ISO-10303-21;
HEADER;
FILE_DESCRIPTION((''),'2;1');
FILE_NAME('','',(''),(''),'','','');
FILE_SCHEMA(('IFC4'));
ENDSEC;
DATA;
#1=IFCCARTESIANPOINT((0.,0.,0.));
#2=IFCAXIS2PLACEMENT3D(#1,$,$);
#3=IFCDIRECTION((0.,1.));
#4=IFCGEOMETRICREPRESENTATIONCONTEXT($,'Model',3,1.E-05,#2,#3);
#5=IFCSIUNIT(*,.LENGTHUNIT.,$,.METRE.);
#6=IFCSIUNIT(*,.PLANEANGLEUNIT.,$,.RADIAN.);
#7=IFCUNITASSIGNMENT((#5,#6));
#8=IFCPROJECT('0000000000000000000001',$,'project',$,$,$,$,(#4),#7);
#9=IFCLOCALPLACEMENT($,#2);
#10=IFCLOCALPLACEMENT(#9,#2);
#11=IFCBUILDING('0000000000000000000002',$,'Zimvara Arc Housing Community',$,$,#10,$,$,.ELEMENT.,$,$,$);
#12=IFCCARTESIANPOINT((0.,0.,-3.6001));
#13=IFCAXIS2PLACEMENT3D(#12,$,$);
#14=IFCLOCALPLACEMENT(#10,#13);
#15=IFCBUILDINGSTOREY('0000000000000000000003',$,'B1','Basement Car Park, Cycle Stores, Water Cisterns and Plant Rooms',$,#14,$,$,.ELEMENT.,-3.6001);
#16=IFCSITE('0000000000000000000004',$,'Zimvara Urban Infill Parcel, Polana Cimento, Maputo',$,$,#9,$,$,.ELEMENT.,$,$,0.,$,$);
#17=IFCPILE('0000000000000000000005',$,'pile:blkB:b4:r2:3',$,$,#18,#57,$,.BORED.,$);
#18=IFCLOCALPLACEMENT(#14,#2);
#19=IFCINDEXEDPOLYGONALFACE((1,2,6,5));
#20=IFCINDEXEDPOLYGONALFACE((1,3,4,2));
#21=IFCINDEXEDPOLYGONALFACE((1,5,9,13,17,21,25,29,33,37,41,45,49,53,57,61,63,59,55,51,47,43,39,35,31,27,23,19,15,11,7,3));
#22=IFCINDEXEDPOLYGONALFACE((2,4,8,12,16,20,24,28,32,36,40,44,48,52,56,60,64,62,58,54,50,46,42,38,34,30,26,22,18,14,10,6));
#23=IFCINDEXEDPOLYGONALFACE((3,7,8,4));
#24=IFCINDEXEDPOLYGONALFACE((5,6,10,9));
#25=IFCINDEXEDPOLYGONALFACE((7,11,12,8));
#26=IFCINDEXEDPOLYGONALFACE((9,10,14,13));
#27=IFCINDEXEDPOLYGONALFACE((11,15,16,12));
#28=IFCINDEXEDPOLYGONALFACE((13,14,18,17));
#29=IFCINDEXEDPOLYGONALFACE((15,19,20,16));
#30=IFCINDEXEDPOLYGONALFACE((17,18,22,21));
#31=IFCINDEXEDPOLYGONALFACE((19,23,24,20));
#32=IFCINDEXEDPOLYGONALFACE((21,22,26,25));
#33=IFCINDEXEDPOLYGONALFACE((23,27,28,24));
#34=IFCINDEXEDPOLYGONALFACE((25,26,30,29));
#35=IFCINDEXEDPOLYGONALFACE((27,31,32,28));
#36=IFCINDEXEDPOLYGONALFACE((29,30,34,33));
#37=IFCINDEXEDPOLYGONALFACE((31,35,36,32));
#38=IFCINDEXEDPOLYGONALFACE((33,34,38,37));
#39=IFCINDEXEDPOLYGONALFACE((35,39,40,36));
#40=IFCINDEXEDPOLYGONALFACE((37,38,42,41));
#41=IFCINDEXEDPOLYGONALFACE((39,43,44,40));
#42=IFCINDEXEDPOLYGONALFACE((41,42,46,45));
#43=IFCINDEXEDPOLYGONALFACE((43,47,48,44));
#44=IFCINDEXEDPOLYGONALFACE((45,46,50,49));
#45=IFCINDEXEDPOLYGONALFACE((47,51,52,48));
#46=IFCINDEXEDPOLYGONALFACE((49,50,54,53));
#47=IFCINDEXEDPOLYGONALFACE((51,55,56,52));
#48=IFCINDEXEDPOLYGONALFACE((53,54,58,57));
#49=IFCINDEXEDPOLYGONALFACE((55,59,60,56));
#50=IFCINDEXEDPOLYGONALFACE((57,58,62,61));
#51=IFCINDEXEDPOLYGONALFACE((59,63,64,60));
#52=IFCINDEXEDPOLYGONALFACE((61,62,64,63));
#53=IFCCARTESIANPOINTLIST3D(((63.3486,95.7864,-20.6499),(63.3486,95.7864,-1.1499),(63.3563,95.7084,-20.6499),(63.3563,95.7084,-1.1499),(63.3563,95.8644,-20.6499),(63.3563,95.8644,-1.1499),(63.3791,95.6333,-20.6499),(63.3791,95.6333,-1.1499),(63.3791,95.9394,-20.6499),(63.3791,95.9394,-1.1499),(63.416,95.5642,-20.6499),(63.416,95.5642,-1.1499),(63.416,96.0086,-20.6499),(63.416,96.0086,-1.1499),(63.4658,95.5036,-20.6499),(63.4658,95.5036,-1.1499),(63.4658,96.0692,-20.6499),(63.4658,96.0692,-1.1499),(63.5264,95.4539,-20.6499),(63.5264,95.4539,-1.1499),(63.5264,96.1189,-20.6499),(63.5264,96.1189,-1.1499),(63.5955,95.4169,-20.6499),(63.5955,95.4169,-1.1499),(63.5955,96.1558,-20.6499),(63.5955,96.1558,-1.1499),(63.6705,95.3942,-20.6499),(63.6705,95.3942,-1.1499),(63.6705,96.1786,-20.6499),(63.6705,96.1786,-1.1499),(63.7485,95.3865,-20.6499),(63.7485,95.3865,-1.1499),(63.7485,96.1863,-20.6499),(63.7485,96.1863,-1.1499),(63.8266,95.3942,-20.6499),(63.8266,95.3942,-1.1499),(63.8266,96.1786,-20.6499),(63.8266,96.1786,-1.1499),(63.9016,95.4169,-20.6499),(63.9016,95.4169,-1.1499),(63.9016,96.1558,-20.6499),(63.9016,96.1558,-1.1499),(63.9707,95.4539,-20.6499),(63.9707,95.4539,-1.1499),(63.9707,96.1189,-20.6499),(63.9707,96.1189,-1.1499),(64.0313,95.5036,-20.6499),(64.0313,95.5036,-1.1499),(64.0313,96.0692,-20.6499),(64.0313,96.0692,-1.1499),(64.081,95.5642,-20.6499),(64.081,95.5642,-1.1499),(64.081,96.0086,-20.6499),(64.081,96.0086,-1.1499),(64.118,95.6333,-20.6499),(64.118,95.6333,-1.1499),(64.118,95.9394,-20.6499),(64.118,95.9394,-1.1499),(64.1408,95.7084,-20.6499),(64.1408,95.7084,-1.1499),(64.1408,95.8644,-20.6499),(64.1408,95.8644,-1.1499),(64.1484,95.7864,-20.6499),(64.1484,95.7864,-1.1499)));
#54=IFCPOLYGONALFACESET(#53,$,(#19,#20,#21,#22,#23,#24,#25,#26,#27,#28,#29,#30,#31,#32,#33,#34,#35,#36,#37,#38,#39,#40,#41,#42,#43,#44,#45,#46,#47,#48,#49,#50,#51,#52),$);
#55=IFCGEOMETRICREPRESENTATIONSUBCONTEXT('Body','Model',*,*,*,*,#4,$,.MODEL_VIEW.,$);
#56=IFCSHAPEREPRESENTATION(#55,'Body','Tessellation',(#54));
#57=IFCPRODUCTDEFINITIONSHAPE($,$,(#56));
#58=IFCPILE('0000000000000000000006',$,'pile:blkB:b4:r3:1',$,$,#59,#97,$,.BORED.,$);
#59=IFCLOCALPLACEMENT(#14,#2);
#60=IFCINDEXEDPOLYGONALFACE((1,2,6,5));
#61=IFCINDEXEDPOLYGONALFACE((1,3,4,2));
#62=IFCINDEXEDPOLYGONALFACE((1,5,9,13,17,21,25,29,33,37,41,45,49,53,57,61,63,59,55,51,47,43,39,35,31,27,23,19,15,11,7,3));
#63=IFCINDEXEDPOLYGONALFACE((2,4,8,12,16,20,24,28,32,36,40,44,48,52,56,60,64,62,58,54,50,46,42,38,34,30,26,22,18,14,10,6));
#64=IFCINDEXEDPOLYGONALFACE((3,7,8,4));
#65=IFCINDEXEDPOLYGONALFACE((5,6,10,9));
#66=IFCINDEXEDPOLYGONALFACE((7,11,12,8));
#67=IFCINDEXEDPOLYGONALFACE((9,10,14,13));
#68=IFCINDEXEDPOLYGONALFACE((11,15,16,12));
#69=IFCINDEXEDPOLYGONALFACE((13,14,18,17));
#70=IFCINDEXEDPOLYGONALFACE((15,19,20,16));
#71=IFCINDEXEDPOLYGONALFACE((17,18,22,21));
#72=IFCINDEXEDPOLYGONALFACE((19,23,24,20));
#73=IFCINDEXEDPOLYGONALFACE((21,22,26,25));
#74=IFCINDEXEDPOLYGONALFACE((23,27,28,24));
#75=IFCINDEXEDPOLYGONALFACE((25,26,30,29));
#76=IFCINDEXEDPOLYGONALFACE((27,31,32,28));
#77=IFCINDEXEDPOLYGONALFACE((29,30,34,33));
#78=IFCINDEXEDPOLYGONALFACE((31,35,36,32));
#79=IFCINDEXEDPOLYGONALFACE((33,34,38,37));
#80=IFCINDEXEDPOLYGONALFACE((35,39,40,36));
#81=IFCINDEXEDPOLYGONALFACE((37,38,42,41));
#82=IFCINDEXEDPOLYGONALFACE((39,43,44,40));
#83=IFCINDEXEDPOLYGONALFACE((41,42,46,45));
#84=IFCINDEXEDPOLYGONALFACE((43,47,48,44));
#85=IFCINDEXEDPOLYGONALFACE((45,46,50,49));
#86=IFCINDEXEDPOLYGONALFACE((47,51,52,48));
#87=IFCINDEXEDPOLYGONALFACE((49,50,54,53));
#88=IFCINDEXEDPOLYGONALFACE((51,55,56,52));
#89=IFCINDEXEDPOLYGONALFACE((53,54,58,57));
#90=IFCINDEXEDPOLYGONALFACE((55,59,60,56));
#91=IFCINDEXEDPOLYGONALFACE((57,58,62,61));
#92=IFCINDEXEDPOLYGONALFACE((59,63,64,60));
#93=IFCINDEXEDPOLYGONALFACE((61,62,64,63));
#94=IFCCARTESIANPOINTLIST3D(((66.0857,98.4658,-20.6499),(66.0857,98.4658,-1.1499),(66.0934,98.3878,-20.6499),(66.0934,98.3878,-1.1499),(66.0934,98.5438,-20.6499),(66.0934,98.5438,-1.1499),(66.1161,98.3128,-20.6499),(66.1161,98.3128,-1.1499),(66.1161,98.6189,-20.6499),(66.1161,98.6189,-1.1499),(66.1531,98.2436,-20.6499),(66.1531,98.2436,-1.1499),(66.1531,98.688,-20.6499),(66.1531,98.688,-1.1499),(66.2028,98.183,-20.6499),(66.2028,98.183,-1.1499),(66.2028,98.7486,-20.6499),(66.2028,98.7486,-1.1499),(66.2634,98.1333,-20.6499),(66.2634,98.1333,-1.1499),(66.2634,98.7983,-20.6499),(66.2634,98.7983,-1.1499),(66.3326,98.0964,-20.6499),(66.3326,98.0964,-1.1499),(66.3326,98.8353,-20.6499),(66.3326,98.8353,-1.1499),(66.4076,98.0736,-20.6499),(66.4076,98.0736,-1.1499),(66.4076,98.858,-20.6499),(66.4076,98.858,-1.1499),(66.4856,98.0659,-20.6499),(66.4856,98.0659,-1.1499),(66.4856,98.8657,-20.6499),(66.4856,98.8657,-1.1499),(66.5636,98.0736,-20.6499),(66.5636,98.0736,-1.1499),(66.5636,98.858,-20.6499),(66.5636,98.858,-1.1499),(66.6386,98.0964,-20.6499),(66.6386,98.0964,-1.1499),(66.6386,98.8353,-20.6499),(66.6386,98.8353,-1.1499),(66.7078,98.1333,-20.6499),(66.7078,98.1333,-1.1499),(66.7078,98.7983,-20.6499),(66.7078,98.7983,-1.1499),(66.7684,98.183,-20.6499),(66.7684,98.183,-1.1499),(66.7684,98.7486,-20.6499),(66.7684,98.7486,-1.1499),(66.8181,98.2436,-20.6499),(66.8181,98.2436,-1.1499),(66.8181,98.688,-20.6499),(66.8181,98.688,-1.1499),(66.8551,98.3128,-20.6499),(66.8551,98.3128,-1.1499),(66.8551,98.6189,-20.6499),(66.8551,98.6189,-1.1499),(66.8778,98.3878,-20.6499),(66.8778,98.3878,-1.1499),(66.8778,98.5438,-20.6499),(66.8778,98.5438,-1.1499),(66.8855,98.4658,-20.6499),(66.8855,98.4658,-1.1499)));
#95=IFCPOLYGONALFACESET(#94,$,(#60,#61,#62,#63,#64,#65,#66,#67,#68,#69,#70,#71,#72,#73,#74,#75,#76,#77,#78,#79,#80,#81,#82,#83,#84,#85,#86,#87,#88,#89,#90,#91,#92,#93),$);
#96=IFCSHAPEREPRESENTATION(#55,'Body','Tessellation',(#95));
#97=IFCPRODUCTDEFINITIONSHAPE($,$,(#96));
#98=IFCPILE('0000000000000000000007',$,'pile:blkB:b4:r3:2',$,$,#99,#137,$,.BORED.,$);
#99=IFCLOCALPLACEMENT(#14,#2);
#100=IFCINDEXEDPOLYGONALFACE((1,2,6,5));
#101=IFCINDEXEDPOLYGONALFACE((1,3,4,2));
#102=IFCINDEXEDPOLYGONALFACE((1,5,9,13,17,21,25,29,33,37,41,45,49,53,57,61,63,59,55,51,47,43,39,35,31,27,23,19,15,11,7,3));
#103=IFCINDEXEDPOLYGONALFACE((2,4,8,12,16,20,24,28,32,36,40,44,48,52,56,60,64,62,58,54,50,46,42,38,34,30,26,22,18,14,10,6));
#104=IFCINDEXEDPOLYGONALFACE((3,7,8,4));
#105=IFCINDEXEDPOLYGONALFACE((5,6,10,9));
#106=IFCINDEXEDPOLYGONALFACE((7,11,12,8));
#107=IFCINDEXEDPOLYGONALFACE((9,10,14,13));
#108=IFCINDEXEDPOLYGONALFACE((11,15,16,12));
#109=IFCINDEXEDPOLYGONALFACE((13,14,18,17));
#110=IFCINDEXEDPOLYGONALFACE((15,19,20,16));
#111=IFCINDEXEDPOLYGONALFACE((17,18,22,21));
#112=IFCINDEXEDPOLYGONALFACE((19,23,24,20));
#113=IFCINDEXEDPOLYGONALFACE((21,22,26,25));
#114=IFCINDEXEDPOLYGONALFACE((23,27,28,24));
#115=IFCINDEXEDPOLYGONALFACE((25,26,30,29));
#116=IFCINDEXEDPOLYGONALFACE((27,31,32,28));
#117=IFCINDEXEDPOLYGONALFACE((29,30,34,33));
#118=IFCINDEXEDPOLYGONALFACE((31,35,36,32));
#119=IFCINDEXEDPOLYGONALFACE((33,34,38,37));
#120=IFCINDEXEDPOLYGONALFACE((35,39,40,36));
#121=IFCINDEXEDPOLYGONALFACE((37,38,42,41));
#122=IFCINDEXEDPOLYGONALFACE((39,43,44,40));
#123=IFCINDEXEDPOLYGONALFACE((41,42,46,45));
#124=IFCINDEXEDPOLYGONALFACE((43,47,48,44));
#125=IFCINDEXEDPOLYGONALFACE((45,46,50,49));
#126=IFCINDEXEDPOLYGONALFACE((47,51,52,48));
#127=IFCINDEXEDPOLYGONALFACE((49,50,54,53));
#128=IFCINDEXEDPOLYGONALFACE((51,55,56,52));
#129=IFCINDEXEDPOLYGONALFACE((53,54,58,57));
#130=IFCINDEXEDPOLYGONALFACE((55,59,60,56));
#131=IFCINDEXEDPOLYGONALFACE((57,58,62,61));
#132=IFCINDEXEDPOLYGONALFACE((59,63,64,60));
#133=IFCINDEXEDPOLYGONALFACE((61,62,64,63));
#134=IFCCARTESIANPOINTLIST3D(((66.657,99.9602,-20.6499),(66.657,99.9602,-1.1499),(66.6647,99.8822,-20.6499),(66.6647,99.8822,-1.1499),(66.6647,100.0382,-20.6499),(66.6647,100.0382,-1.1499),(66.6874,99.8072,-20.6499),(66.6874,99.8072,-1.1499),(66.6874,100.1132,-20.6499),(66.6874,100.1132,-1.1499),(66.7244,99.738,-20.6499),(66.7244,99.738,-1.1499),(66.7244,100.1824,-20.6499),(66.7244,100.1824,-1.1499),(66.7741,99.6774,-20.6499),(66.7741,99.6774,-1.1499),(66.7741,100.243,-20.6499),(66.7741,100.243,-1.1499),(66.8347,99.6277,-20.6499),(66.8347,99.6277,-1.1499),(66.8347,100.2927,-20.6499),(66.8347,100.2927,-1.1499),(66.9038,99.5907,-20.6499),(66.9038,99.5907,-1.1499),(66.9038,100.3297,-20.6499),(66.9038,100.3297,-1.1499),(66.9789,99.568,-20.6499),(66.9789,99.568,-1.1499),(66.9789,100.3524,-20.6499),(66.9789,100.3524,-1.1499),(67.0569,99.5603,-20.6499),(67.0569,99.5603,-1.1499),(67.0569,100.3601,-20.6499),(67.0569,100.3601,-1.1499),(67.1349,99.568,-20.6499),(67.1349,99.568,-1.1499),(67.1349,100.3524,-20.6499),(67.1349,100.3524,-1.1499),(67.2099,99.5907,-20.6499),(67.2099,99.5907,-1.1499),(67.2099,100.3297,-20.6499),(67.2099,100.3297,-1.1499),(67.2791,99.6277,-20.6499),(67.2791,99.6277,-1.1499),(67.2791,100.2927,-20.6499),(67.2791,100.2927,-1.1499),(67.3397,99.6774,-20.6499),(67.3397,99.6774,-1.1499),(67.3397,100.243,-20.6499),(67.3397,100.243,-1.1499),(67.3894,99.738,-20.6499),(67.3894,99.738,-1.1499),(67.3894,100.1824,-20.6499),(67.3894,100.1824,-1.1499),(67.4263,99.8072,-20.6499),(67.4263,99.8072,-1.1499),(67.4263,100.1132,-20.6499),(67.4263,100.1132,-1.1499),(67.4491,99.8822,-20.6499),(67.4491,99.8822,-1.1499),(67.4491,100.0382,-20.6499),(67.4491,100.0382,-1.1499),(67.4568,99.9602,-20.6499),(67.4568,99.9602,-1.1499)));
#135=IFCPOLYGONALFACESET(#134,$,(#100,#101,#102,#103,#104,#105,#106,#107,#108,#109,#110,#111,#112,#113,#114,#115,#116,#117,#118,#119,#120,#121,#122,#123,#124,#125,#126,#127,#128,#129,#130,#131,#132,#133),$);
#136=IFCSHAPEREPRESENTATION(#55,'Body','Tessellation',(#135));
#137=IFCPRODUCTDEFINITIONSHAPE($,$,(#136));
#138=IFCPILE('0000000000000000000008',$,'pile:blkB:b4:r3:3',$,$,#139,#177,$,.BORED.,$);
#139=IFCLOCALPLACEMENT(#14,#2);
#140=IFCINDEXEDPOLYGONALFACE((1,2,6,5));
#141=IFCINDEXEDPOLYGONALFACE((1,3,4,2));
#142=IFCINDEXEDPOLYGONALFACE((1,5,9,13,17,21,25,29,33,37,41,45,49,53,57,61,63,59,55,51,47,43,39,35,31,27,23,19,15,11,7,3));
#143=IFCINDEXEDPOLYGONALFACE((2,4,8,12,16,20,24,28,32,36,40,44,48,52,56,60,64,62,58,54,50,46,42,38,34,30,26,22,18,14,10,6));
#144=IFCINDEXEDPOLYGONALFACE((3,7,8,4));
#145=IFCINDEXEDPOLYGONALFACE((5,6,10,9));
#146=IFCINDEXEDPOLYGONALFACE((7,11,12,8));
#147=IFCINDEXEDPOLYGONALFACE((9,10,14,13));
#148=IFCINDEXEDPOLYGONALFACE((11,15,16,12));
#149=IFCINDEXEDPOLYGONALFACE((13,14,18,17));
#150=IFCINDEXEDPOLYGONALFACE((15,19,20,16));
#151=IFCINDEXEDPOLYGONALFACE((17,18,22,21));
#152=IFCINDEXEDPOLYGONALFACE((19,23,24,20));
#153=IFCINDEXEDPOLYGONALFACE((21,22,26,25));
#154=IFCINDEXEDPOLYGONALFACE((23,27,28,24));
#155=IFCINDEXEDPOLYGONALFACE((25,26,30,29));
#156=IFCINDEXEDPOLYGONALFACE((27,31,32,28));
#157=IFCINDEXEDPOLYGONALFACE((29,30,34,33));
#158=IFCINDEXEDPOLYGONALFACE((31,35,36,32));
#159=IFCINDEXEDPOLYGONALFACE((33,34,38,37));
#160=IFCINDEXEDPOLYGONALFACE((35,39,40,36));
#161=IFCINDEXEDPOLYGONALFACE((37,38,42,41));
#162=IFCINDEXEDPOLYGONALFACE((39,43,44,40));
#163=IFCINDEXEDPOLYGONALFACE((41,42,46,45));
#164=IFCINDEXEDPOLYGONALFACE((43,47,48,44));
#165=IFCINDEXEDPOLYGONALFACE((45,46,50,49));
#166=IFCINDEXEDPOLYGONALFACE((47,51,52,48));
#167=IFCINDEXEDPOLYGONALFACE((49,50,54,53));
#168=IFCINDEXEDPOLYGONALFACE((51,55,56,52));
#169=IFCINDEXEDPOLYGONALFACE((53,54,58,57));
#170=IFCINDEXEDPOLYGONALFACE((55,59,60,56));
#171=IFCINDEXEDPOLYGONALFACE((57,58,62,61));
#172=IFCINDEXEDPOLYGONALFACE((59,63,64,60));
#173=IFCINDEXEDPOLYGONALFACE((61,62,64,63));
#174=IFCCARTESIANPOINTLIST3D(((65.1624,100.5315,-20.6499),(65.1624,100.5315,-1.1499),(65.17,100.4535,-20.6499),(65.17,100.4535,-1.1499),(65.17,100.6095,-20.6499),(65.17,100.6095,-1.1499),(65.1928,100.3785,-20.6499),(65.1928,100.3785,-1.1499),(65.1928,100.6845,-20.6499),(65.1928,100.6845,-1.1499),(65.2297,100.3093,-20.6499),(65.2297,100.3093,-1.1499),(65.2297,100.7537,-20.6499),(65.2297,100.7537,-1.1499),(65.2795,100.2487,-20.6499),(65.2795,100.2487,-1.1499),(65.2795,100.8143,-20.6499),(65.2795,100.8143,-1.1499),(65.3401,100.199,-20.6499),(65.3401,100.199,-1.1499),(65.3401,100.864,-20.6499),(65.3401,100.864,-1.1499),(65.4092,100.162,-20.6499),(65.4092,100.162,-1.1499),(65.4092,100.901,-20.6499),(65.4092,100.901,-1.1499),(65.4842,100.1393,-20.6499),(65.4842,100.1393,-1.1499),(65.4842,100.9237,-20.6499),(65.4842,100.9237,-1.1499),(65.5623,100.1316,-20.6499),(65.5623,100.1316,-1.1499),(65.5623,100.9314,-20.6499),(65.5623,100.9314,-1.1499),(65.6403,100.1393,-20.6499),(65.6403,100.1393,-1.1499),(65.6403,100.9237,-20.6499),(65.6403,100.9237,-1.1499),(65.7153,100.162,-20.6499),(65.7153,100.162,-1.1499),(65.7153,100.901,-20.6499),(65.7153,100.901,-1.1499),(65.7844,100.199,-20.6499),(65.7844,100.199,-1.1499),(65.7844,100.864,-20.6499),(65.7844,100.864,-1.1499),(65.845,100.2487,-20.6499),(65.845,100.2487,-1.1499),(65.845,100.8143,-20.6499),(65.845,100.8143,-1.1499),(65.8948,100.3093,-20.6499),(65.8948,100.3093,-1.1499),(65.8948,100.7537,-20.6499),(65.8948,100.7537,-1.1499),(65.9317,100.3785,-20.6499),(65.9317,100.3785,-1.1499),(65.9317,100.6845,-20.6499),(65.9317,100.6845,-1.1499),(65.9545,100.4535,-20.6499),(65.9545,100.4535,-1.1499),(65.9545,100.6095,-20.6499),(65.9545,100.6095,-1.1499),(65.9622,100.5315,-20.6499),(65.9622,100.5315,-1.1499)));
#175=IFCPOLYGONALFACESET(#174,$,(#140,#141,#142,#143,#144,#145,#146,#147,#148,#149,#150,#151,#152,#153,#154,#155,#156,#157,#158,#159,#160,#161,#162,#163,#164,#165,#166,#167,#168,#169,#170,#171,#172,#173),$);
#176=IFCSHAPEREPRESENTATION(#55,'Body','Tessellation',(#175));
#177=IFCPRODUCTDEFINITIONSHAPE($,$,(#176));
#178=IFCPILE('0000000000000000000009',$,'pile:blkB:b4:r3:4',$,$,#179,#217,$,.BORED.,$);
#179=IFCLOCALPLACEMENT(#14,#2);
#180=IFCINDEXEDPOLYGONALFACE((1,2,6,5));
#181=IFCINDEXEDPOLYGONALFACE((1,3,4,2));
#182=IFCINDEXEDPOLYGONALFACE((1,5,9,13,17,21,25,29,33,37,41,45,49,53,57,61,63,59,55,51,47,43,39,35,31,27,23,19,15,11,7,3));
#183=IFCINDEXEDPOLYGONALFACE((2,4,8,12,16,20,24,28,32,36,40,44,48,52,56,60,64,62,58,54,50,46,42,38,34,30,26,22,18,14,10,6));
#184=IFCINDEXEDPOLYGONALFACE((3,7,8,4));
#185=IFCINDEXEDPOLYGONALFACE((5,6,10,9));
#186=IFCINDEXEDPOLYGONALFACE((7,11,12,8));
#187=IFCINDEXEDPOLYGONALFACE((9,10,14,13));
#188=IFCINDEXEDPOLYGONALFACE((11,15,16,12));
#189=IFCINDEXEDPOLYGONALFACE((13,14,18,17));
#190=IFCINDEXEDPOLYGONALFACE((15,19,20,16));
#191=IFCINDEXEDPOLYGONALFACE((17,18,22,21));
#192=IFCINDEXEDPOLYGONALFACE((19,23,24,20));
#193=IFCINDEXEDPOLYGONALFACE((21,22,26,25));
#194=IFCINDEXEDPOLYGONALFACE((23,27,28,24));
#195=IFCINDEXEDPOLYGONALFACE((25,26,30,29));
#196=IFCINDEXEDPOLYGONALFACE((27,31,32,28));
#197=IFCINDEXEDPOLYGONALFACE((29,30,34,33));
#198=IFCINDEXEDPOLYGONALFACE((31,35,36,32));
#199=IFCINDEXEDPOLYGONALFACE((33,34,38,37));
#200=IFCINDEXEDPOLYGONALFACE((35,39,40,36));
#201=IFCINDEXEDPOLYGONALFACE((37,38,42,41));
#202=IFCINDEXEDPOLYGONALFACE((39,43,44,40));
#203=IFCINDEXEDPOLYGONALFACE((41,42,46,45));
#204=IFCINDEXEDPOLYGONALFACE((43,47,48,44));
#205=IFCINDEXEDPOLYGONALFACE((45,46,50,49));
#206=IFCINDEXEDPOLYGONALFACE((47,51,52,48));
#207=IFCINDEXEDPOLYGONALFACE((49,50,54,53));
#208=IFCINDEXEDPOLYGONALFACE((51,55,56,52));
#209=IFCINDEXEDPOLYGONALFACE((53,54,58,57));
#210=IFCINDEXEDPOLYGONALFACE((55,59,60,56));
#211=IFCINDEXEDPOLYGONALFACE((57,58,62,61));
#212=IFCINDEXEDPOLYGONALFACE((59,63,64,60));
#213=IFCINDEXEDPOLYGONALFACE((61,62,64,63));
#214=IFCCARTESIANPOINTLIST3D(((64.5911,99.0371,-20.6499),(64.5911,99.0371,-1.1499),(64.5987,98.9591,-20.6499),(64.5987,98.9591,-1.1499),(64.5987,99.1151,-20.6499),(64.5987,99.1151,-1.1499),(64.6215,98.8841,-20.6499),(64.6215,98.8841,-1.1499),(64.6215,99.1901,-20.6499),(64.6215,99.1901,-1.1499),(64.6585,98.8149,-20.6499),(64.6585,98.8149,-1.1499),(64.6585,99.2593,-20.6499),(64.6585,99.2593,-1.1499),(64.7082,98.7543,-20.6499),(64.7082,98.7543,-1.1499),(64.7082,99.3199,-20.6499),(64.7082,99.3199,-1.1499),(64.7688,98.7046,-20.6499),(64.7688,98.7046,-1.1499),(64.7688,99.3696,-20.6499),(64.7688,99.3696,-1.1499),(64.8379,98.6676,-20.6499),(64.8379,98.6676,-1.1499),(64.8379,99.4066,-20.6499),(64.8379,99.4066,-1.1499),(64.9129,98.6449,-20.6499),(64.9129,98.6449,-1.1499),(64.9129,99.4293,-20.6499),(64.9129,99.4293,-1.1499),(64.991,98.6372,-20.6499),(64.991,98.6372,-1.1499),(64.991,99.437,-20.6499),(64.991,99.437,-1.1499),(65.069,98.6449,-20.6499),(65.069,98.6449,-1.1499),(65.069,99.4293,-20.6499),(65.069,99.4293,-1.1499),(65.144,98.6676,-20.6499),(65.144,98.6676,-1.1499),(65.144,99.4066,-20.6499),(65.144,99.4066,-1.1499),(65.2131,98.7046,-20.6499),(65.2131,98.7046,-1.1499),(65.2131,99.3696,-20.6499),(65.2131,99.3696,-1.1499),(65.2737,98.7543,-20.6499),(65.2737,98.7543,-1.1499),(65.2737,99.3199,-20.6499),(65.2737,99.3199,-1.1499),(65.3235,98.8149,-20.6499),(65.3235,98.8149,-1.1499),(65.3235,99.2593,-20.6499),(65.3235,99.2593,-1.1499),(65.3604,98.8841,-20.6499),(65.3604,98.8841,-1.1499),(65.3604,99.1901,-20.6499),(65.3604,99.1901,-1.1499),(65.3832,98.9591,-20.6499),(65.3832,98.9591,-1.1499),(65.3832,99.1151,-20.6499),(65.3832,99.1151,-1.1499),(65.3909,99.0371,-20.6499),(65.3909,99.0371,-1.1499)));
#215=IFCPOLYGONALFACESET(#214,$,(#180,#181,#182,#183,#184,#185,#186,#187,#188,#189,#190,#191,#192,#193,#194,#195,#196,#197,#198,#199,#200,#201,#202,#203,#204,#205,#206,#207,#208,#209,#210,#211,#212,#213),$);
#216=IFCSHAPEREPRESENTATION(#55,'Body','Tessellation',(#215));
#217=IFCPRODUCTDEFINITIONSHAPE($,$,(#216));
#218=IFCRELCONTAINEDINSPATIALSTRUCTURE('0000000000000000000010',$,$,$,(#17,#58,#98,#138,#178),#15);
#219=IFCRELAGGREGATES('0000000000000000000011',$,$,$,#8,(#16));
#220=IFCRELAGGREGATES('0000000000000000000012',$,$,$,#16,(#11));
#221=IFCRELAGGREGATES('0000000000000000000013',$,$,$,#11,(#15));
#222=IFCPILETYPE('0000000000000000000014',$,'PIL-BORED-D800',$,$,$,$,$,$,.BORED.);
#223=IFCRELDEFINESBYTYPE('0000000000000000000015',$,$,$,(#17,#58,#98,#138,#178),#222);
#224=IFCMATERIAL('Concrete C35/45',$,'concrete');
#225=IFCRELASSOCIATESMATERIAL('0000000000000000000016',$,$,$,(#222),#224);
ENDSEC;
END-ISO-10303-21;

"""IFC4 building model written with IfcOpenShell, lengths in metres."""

from ifc_helpers import new_model, si_unit, direction, frame, origin, origin_2d, place, context, subcontext, project, spatial, circle, extrude, material, material_profile, profile_set, type_object, element, save


model = new_model("IFC4")

# Units and contexts
model_context = context("Model", 3, precision=1e-05, world=origin(), true_north=direction((0.0, 1.0)))
body_context = subcontext(model_context, "Body", "Model", "MODEL_VIEW")
ifc_project = project(units=[si_unit("LENGTHUNIT", "METRE"), si_unit("PLANEANGLEUNIT", "RADIAN")], contexts=[model_context])

# Site, building, storey
site_placement = place(None, origin())
site = spatial("IfcSite", under=ifc_project, at=site_placement, Name="Zimvara Urban Infill Parcel, Polana Cimento, Maputo", CompositionType="ELEMENT", RefElevation=0.0)
building_placement = place(site_placement, origin())
building = spatial("IfcBuilding", under=site, at=building_placement, Name="Zimvara Arc Housing Community", CompositionType="ELEMENT")
storey_placement = place(building_placement, frame((0.0, 0.0, -3.6001)))
storey = spatial("IfcBuildingStorey", under=building, at=storey_placement, Name="B1", Description="Basement Car Park, Cycle Stores, Water Cisterns and Plant Rooms", CompositionType="ELEMENT", Elevation=-3.6001)

# Piles
ifc_material_1 = material(Name="Concrete C35/45", Category="concrete")
ifc_material_profile_1 = material_profile(ifc_material_1, circle(Radius=0.3999, at=origin_2d()), Name="PILE D800")
ifc_profile_set_1 = profile_set([ifc_material_profile_1], Name="Concrete C35/45")
pile_type = type_object("IfcPileType", Name="PIL-BORED-D800", PredefinedType="BORED", material=ifc_profile_set_1)
for number, where, z_axis, x_axis, name in (
    (1, (63.7485, 95.7864, -1.1499), (0.0, 0.0, -1.0), (1.0, 0.0, 0.0), "pile:blkB:b4:r2:3"),
    (2, (66.4856, 98.4658, -1.1499), (0.0, 0.0, -1.0), (1.0, 0.0, 0.0), "pile:blkB:b4:r3:1"),
    (3, (67.0569, 99.9602, -1.1499), (0.0, 0.0, -1.0), (1.0, 0.0, 0.0), "pile:blkB:b4:r3:2"),
    (4, (65.5623, 100.5315, -1.1499), (0.0, 0.0, -1.0), (1.0, 0.0, 0.0), "pile:blkB:b4:r3:3"),
    (5, (64.991, 99.0371, -1.1499), (0.0, 0.0, -1.0), (1.0, 0.0, 0.0), "pile:blkB:b4:r3:4"),
):
    element("IfcPile", number, at=place(storey_placement, frame(where, z_axis=z_axis, x_axis=x_axis)), inside=storey, type_object=pile_type, Name=name, PredefinedType="BORED", context=body_context, shape_type="SweptSolid", body=[
        extrude(circle(Radius=0.3999, at=origin_2d()), origin(), (0.0, 0.0, 1.0), 19.5),
    ])

save(model, "model.ifc")
